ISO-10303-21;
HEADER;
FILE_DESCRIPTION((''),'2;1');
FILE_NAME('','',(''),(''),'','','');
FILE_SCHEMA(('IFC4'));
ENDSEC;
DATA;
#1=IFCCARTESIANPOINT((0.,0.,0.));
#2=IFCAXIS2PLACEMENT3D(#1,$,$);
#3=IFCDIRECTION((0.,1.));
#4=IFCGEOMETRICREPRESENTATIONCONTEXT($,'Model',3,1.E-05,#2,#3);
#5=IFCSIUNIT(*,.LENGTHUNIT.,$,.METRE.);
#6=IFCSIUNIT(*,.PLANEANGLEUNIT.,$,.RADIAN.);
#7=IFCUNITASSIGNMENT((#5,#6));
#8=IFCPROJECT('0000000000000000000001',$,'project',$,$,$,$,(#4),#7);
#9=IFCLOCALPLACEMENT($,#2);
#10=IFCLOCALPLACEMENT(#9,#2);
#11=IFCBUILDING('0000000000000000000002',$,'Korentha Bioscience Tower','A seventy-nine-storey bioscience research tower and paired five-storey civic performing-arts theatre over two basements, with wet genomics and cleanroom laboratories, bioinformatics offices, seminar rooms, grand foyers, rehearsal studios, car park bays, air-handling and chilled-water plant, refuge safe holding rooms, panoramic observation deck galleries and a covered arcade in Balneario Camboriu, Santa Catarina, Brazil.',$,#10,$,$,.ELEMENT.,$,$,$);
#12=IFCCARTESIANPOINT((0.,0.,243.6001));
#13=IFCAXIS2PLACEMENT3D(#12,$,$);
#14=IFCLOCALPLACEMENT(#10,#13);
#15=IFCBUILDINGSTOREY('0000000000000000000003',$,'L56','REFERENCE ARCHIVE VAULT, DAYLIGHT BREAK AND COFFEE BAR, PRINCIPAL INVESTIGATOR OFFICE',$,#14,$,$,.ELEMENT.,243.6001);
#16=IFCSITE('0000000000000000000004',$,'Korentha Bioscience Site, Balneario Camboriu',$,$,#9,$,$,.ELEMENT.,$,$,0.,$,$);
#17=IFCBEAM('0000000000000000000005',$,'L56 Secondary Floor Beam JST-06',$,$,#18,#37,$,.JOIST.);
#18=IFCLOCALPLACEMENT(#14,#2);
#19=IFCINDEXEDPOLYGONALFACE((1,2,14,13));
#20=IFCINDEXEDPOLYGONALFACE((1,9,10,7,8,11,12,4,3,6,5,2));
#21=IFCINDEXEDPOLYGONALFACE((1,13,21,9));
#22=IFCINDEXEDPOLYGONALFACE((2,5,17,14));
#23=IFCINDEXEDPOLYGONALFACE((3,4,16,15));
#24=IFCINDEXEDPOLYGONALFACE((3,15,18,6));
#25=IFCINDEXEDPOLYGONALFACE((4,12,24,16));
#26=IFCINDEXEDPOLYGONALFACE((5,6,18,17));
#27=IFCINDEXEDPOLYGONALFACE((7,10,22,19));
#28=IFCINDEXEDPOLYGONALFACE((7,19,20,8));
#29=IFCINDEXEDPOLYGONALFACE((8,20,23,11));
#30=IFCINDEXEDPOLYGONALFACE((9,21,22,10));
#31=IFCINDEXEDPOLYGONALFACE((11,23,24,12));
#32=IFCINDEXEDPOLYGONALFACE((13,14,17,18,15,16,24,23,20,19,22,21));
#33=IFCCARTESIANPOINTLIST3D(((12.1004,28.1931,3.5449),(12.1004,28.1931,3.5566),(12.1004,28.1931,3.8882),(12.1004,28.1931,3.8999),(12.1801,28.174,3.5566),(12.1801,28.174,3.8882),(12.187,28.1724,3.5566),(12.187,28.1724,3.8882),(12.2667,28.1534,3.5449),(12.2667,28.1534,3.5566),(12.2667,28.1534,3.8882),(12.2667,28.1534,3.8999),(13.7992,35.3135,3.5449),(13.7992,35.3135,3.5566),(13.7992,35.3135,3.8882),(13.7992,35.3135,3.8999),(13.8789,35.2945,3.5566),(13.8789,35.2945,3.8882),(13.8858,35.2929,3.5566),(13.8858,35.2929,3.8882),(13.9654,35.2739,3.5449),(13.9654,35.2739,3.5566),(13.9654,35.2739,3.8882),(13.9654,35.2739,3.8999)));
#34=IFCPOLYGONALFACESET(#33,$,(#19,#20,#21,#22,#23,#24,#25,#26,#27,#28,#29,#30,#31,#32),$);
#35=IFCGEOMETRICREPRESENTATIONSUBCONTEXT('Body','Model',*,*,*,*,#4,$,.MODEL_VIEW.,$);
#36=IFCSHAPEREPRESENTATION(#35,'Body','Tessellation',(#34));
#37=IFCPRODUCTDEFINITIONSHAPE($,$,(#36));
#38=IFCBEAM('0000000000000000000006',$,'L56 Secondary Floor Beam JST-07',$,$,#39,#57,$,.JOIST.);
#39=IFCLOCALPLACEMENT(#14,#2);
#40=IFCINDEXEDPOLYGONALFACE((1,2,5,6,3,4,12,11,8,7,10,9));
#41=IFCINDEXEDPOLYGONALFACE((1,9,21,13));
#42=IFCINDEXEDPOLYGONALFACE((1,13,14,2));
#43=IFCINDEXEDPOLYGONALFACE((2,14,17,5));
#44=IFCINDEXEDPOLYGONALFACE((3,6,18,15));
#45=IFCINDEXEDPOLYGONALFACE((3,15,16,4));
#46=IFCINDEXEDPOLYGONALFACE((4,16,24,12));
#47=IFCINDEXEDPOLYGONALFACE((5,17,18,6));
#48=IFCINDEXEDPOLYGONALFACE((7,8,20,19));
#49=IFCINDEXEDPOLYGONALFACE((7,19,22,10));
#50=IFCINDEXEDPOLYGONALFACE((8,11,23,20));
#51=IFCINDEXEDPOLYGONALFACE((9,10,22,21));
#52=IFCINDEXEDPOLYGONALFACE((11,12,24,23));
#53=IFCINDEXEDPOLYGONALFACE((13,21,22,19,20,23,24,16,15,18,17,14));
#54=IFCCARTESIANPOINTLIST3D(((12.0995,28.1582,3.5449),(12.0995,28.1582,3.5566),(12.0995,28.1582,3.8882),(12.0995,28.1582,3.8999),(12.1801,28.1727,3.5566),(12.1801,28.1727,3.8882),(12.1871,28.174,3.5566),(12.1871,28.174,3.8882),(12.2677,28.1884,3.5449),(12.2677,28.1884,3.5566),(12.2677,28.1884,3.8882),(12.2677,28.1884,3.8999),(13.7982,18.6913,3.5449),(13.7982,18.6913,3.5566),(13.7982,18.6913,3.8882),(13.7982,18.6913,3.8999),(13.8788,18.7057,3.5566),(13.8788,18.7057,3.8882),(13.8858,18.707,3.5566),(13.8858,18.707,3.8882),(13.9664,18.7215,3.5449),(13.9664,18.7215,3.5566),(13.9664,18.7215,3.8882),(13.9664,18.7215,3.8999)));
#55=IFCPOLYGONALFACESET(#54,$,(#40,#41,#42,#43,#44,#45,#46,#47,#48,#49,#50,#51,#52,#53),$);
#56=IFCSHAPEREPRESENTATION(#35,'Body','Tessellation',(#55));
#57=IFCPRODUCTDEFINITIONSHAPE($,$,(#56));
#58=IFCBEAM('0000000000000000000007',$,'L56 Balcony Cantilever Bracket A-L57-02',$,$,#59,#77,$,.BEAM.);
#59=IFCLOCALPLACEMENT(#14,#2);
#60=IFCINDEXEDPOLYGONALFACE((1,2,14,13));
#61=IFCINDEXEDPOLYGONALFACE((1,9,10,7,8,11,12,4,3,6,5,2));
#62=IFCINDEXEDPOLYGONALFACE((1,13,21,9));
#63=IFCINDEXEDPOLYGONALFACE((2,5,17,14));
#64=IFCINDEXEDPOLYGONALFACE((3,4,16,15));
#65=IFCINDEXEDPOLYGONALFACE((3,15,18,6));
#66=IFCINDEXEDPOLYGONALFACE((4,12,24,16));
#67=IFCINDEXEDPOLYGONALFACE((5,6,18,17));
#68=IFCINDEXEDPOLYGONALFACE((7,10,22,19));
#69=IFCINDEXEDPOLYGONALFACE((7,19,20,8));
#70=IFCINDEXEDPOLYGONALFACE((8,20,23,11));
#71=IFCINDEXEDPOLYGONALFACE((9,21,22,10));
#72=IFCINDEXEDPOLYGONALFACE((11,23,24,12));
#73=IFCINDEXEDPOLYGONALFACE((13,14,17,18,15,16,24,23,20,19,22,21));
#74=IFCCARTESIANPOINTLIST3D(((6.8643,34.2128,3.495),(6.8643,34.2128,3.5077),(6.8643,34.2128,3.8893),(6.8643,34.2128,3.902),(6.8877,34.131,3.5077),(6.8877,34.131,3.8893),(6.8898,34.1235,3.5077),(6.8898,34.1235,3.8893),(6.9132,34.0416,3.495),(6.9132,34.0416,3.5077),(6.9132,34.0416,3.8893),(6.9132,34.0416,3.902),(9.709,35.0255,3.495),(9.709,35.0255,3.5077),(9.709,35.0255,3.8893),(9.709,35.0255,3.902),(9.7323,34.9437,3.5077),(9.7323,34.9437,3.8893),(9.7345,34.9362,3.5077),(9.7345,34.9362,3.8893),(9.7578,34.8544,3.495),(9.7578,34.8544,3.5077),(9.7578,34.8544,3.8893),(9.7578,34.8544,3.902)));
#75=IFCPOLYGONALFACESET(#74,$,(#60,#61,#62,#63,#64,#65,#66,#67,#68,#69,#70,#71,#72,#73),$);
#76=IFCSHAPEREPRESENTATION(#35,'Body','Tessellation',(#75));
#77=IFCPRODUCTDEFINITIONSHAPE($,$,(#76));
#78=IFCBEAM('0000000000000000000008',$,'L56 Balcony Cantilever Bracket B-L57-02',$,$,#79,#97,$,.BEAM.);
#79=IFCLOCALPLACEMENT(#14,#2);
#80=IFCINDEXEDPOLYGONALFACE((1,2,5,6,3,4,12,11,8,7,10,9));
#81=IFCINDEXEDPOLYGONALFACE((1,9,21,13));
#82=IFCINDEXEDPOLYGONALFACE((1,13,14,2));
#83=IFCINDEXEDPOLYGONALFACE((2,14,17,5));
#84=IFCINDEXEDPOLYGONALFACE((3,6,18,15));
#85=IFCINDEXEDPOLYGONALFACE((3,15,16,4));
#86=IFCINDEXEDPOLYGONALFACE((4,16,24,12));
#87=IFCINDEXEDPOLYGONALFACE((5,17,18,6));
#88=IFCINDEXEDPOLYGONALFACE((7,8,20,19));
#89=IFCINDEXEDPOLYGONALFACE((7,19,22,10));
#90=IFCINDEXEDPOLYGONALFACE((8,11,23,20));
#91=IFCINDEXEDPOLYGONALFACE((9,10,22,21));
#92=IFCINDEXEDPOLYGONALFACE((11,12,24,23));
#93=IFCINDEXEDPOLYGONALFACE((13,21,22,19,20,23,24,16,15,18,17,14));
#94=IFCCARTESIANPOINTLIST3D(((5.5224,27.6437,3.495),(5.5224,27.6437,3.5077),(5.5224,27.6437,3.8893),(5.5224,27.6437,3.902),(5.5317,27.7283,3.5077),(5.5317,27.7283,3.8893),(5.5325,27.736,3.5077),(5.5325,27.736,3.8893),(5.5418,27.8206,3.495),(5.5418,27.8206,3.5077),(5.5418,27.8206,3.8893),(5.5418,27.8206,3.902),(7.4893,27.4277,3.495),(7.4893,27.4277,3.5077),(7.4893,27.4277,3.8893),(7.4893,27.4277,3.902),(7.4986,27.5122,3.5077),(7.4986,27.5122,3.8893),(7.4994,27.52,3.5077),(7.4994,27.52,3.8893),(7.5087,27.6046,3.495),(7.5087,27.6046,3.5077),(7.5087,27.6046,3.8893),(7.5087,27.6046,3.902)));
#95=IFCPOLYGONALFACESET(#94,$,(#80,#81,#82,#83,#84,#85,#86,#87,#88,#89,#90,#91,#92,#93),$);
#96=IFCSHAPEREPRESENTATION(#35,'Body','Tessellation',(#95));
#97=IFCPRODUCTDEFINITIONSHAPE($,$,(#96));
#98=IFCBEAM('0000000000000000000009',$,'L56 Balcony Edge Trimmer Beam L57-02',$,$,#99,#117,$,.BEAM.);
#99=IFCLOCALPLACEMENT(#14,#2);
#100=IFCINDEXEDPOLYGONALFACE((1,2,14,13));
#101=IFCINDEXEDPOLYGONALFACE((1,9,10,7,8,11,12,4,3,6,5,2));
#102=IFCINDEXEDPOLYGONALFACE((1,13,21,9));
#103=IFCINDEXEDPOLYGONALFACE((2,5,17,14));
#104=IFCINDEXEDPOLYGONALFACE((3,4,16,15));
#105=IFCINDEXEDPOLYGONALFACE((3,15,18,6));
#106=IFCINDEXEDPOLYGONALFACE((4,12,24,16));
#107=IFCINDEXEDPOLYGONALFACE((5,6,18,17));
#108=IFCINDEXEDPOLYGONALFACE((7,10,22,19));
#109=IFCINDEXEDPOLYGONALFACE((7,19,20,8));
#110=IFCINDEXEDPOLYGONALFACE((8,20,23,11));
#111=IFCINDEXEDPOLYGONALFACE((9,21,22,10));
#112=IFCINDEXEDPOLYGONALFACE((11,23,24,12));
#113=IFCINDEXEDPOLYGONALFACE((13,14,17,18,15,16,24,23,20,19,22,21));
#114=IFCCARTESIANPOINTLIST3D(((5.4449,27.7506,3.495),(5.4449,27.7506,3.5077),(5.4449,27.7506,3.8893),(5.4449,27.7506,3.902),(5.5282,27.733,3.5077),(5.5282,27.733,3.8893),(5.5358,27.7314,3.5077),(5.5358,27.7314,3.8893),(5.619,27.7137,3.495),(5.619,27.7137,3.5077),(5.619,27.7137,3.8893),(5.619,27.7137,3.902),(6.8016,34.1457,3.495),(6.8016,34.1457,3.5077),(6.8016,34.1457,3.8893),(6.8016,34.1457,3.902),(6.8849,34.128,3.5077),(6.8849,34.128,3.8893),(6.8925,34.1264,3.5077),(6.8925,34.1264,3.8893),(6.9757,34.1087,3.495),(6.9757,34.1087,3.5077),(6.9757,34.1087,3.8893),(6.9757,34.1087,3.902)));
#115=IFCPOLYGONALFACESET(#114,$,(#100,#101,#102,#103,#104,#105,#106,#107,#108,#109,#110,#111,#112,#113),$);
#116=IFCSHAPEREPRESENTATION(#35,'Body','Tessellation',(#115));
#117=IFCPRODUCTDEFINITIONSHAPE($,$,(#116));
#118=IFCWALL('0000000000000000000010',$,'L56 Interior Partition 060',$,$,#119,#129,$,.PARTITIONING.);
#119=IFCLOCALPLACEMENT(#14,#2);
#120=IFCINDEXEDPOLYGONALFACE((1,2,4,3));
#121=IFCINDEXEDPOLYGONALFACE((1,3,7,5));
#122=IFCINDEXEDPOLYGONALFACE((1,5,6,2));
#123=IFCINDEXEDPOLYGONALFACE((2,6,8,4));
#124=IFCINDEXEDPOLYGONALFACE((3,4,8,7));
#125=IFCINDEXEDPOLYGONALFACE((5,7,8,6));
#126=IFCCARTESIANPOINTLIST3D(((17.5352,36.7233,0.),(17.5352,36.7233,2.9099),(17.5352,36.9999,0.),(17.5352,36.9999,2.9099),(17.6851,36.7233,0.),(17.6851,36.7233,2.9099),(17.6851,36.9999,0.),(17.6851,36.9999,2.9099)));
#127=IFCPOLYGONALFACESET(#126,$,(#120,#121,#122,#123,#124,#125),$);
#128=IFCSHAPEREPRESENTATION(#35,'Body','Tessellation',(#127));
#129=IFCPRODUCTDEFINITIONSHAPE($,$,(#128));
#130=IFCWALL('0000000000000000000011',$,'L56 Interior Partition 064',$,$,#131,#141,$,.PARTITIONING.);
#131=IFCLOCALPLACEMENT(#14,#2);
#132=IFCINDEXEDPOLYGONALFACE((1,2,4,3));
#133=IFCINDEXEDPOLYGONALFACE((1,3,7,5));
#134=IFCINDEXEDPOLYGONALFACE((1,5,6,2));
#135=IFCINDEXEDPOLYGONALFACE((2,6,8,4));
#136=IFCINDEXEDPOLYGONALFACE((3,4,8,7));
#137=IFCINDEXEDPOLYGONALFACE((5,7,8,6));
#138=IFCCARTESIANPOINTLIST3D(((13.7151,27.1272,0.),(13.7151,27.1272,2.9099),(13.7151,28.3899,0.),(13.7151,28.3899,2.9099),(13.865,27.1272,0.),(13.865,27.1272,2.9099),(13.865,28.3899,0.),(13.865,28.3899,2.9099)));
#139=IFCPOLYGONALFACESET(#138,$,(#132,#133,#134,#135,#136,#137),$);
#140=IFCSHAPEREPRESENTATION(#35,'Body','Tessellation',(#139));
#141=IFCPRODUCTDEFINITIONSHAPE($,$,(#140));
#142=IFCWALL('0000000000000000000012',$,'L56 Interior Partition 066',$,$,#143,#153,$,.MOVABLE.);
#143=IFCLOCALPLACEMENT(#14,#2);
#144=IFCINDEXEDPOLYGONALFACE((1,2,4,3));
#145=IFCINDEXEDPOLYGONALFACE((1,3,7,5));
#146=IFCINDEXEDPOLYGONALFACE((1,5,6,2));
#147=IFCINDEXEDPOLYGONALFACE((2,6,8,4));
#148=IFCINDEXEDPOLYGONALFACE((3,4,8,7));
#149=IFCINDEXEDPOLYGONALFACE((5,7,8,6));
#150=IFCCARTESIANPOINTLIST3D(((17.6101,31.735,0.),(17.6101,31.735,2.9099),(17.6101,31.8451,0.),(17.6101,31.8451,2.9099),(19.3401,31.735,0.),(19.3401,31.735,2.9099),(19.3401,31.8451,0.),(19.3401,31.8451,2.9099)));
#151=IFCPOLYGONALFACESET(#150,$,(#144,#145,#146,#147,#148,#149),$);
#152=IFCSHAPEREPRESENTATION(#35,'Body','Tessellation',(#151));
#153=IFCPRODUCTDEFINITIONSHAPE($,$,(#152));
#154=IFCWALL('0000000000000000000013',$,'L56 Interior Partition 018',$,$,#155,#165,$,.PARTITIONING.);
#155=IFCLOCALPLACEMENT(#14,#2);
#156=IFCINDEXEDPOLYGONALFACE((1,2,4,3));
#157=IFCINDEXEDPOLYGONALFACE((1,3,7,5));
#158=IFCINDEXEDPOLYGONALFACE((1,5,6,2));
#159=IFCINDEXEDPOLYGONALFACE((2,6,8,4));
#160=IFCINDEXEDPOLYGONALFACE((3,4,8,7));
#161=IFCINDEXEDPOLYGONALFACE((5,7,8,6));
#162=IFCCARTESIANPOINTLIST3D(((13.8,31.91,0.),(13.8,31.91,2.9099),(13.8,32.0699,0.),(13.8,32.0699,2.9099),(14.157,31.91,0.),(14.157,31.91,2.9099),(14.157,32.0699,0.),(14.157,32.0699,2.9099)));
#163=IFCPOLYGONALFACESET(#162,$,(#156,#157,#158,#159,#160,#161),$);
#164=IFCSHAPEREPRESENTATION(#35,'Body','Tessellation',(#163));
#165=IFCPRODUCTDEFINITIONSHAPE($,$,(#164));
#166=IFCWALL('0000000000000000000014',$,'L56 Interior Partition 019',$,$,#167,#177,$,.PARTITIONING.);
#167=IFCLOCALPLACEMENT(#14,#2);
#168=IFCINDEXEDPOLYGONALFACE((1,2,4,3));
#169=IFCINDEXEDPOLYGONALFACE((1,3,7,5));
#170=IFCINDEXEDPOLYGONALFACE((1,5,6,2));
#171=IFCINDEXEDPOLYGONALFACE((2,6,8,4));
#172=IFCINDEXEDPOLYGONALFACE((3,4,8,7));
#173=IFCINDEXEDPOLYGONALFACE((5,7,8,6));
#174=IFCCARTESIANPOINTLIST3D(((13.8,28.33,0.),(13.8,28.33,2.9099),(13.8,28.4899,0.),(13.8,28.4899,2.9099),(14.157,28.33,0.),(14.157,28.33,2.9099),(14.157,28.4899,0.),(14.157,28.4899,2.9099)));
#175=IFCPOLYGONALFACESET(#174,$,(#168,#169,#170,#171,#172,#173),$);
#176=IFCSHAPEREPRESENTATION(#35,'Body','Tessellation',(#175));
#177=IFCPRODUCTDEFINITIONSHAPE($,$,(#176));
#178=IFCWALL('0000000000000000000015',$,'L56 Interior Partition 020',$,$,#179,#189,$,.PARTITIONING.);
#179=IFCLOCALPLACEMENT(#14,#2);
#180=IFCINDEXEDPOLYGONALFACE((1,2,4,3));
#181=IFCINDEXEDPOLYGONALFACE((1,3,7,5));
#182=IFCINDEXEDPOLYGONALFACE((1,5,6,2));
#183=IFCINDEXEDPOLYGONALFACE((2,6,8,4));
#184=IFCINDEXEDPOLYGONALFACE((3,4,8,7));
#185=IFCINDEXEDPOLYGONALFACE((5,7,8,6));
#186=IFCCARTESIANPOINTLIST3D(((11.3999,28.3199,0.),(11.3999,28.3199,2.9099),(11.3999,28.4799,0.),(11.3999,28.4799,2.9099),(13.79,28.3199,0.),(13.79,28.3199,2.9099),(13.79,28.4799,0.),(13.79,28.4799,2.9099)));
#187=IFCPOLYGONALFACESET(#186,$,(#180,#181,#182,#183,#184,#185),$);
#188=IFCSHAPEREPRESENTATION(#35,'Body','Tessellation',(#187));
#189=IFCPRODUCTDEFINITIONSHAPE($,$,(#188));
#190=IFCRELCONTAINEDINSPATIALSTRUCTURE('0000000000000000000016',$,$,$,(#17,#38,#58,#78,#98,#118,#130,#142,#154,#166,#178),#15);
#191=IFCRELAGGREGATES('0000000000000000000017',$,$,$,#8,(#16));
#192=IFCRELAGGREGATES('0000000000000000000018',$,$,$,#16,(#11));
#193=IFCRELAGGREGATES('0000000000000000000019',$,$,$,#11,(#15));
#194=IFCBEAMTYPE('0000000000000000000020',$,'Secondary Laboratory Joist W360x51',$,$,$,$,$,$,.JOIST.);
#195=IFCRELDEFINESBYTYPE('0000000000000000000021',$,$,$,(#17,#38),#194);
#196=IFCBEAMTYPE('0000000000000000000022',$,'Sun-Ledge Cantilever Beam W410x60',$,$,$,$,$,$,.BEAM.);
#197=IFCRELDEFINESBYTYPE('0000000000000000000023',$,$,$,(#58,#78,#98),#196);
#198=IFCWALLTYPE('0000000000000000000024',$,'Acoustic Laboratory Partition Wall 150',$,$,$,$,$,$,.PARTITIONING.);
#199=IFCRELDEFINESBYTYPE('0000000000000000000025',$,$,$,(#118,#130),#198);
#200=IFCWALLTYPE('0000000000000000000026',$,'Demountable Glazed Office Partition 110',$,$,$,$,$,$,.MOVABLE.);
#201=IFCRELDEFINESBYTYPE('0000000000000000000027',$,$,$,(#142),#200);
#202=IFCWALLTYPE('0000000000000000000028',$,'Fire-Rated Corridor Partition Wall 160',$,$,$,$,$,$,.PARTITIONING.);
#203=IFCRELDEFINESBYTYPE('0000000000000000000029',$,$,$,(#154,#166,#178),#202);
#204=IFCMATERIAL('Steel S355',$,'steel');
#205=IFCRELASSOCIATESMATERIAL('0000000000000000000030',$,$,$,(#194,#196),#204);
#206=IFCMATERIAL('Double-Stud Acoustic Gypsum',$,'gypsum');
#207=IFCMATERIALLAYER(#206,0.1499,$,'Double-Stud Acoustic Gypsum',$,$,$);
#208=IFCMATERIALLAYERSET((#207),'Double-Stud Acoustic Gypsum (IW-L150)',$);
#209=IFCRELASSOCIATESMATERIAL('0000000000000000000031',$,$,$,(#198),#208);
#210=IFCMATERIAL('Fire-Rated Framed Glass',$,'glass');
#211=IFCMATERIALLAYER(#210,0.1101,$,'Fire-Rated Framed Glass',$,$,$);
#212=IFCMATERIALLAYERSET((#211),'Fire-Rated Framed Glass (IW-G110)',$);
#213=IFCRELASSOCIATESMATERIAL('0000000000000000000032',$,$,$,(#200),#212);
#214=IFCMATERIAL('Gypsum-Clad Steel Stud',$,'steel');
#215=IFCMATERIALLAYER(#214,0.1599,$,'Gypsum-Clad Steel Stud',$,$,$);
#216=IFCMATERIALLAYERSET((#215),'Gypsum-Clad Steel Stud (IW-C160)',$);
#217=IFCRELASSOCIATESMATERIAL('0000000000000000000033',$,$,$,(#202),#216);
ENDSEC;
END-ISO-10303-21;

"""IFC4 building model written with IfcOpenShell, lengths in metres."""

from ifc_helpers import new_model, si_unit, direction, frame, frame_2d, origin, origin_2d, place, context, subcontext, project, spatial, rectangle, i_section, extrude, material, layer, layer_set, material_profile, profile_set, type_object, element, save


model = new_model("IFC4")

# Units and contexts
model_context = context("Model", 3, precision=1e-05, world=origin(), true_north=direction((0.0, 1.0)))
body_context = subcontext(model_context, "Body", "Model", "MODEL_VIEW")
ifc_project = project(units=[si_unit("LENGTHUNIT", "METRE"), si_unit("PLANEANGLEUNIT", "RADIAN")], contexts=[model_context])

# Site, building, storey
site_placement = place(None, origin())
site = spatial("IfcSite", under=ifc_project, at=site_placement, Name="Korentha Bioscience Site, Balneario Camboriu", CompositionType="ELEMENT", RefElevation=0.0)
building_placement = place(site_placement, origin())
building = spatial("IfcBuilding", under=site, at=building_placement, Name="Korentha Bioscience Tower", Description="A seventy-nine-storey bioscience research tower and paired five-storey civic performing-arts theatre over two basements, with wet genomics and cleanroom laboratories, bioinformatics offices, seminar rooms, grand foyers, rehearsal studios, car park bays, air-handling and chilled-water plant, refuge safe holding rooms, panoramic observation deck galleries and a covered arcade in Balneario Camboriu, Santa Catarina, Brazil.", CompositionType="ELEMENT")
storey_placement = place(building_placement, frame((0.0, 0.0, 243.6001)))
storey = spatial("IfcBuildingStorey", under=building, at=storey_placement, Name="L56", Description="REFERENCE ARCHIVE VAULT, DAYLIGHT BREAK AND COFFEE BAR, PRINCIPAL INVESTIGATOR OFFICE", CompositionType="ELEMENT", Elevation=243.6001)

# Beams
ifc_material_1 = material(Name="Steel S355", Category="steel")
ifc_material_profile_1 = material_profile(ifc_material_1, i_section(OverallWidth=0.1709, OverallDepth=0.355, WebThickness=0.0071, FlangeThickness=0.0117, at=origin_2d()), Name="Steel S355")
ifc_profile_set_1 = profile_set([ifc_material_profile_1], Name="Steel S355 (JB-360)")
beam_type_1 = type_object("IfcBeamType", Name="Secondary Laboratory Joist W360x51", PredefinedType="JOIST", material=ifc_profile_set_1)
beam_1_placement = place(storey_placement, frame((13.8823, 35.2937, 3.7224), z_axis=(-0.232061, -0.972701, 0.0), x_axis=(0.972701, -0.232061, 0.0)))
element("IfcBeam", 1, at=beam_1_placement, inside=storey, type_object=beam_type_1, Name="L56 Secondary Floor Beam JST-06", PredefinedType="JOIST", context=body_context, shape_type="SweptSolid", body=[
    extrude(i_section(OverallWidth=0.1709, OverallDepth=0.355, WebThickness=0.0071, FlangeThickness=0.0117, at=origin_2d()), origin(), (0.0, 0.0, 1.0), 7.3203),
])
beam_2_placement = place(storey_placement, frame((12.1836, 28.1733, 3.7224), z_axis=(0.176616, -0.98428, 0.0), x_axis=(0.98428, 0.176616, 0.0)))
element("IfcBeam", 2, at=beam_2_placement, inside=storey, type_object=beam_type_1, Name="L56 Secondary Floor Beam JST-07", PredefinedType="JOIST", context=body_context, shape_type="SweptSolid", body=[
    extrude(i_section(OverallWidth=0.1709, OverallDepth=0.355, WebThickness=0.0071, FlangeThickness=0.0117, at=origin_2d()), origin(), (0.0, 0.0, 1.0), 9.6182),
])
ifc_material_profile_2 = material_profile(ifc_material_1, i_section(OverallWidth=0.178, OverallDepth=0.407, WebThickness=0.0078, FlangeThickness=0.0127, at=origin_2d()), Name="Steel S355")
ifc_profile_set_2 = profile_set([ifc_material_profile_2], Name="Steel S355 (CB-410)")
beam_type_2 = type_object("IfcBeamType", Name="Sun-Ledge Cantilever Beam W410x60", PredefinedType="BEAM", material=ifc_profile_set_2)
beam_3_placement = place(storey_placement, frame((9.7334, 34.9399, 3.6985), z_axis=(-0.961527, -0.27471, 0.0), x_axis=(0.27471, -0.961527, 0.0)))
element("IfcBeam", 3, at=beam_3_placement, inside=storey, type_object=beam_type_2, Name="L56 Balcony Cantilever Bracket A-L57-02", PredefinedType="BEAM", context=body_context, shape_type="SweptSolid", body=[
    extrude(i_section(OverallWidth=0.178, OverallDepth=0.407, WebThickness=0.0078, FlangeThickness=0.0127, at=origin_2d()), origin(), (0.0, 0.0, 1.0), 2.9585),
])
beam_4_placement = place(storey_placement, frame((7.499, 27.5161, 3.6985), z_axis=(-0.994021, 0.109186, 0.0), x_axis=(-0.109186, -0.994021, 0.0)))
element("IfcBeam", 4, at=beam_4_placement, inside=storey, type_object=beam_type_2, Name="L56 Balcony Cantilever Bracket B-L57-02", PredefinedType="BEAM", context=body_context, shape_type="SweptSolid", body=[
    extrude(i_section(OverallWidth=0.178, OverallDepth=0.407, WebThickness=0.0078, FlangeThickness=0.0127, at=origin_2d()), origin(), (0.0, 0.0, 1.0), 1.9788),
])
beam_5_placement = place(storey_placement, frame((6.8887, 34.1272, 3.6985), z_axis=(-0.207529, -0.978229, 0.0), x_axis=(0.978229, -0.207529, 0.0)))
element("IfcBeam", 5, at=beam_5_placement, inside=storey, type_object=beam_type_2, Name="L56 Balcony Edge Trimmer Beam L57-02", PredefinedType="BEAM", context=body_context, shape_type="SweptSolid", body=[
    extrude(i_section(OverallWidth=0.178, OverallDepth=0.407, WebThickness=0.0078, FlangeThickness=0.0127, at=origin_2d()), origin(), (0.0, 0.0, 1.0), 6.5374),
])

# Shared definitions
ifc_material_2 = material(Name="Double-Stud Acoustic Gypsum", Category="gypsum")
ifc_layer_1 = layer(ifc_material_2, 0.1499, Name="Double-Stud Acoustic Gypsum")
ifc_layer_set_1 = layer_set([ifc_layer_1], Name="Double-Stud Acoustic Gypsum (IW-L150)")
wall_type_1 = type_object("IfcWallType", Name="Acoustic Laboratory Partition Wall 150", PredefinedType="PARTITIONING", material=ifc_layer_set_1)

# Walls
wall_1_placement = place(storey_placement, frame((17.6101, 36.7234, 0.0), z_axis=(0.0, 0.0, 1.0), x_axis=(0.0, 1.0, 0.0)))
element("IfcWall", 6, at=wall_1_placement, inside=storey, type_object=wall_type_1, Name="L56 Interior Partition 060", PredefinedType="PARTITIONING", context=body_context, shape_type="SweptSolid", body=[
    extrude(rectangle(XDim=0.2766, YDim=0.1499, at=frame_2d((0.1382, 0.0))), origin(), (0.0, 0.0, 1.0), 2.9099),
])
wall_2_placement = place(storey_placement, frame((13.79, 28.3899, 0.0), z_axis=(0.0, 0.0, 1.0), x_axis=(0.0, -1.0, 0.0)))
element("IfcWall", 7, at=wall_2_placement, inside=storey, type_object=wall_type_1, Name="L56 Interior Partition 064", PredefinedType="PARTITIONING", context=body_context, shape_type="SweptSolid", body=[
    extrude(rectangle(XDim=1.2627, YDim=0.1499, at=frame_2d((0.6313, 0.0))), origin(), (0.0, 0.0, 1.0), 2.9099),
])
ifc_material_3 = material(Name="Fire-Rated Framed Glass", Category="glass")
ifc_layer_2 = layer(ifc_material_3, 0.1101, Name="Fire-Rated Framed Glass")
ifc_layer_set_2 = layer_set([ifc_layer_2], Name="Fire-Rated Framed Glass (IW-G110)")
wall_type_2 = type_object("IfcWallType", Name="Demountable Glazed Office Partition 110", PredefinedType="MOVABLE", material=ifc_layer_set_2)
wall_3_placement = place(storey_placement, frame((17.6101, 31.79, 0.0), z_axis=(0.0, 0.0, 1.0), x_axis=(1.0, 0.0, 0.0)))
element("IfcWall", 8, at=wall_3_placement, inside=storey, type_object=wall_type_2, Name="L56 Interior Partition 066", PredefinedType="MOVABLE", context=body_context, shape_type="SweptSolid", body=[
    extrude(rectangle(XDim=1.73, YDim=0.1101, at=frame_2d((0.865, 0.0))), origin(), (0.0, 0.0, 1.0), 2.9099),
])

# Shared definitions
ifc_material_4 = material(Name="Gypsum-Clad Steel Stud", Category="steel")
ifc_layer_3 = layer(ifc_material_4, 0.1599, Name="Gypsum-Clad Steel Stud")
ifc_layer_set_3 = layer_set([ifc_layer_3], Name="Gypsum-Clad Steel Stud (IW-C160)")
wall_type_3 = type_object("IfcWallType", Name="Fire-Rated Corridor Partition Wall 160", PredefinedType="PARTITIONING", material=ifc_layer_set_3)

# Walls
for number, where, z_axis, x_axis, name in (
    (9, (13.8, 31.99, 0.0), (0.0, 0.0, 1.0), (1.0, 0.0, 0.0), "L56 Interior Partition 018"),
    (10, (14.157, 28.4099, 0.0), (0.0, 0.0, 1.0), (-1.0, 0.0, 0.0), "L56 Interior Partition 019"),
):
    element("IfcWall", number, at=place(storey_placement, frame(where, z_axis=z_axis, x_axis=x_axis)), inside=storey, type_object=wall_type_3, Name=name, PredefinedType="PARTITIONING", context=body_context, shape_type="SweptSolid", body=[
        extrude(rectangle(XDim=0.3569, YDim=0.1599, at=frame_2d((0.1785, 0.0))), origin(), (0.0, 0.0, 1.0), 2.9099),
    ])
wall_4_placement = place(storey_placement, frame((13.79, 28.3999, 0.0), z_axis=(0.0, 0.0, 1.0), x_axis=(-1.0, 0.0, 0.0)))
element("IfcWall", 11, at=wall_4_placement, inside=storey, type_object=wall_type_3, Name="L56 Interior Partition 020", PredefinedType="PARTITIONING", context=body_context, shape_type="SweptSolid", body=[
    extrude(rectangle(XDim=2.3901, YDim=0.1599, at=frame_2d((1.1951, 0.0))), origin(), (0.0, 0.0, 1.0), 2.9099),
])

save(model, "model.ifc")
